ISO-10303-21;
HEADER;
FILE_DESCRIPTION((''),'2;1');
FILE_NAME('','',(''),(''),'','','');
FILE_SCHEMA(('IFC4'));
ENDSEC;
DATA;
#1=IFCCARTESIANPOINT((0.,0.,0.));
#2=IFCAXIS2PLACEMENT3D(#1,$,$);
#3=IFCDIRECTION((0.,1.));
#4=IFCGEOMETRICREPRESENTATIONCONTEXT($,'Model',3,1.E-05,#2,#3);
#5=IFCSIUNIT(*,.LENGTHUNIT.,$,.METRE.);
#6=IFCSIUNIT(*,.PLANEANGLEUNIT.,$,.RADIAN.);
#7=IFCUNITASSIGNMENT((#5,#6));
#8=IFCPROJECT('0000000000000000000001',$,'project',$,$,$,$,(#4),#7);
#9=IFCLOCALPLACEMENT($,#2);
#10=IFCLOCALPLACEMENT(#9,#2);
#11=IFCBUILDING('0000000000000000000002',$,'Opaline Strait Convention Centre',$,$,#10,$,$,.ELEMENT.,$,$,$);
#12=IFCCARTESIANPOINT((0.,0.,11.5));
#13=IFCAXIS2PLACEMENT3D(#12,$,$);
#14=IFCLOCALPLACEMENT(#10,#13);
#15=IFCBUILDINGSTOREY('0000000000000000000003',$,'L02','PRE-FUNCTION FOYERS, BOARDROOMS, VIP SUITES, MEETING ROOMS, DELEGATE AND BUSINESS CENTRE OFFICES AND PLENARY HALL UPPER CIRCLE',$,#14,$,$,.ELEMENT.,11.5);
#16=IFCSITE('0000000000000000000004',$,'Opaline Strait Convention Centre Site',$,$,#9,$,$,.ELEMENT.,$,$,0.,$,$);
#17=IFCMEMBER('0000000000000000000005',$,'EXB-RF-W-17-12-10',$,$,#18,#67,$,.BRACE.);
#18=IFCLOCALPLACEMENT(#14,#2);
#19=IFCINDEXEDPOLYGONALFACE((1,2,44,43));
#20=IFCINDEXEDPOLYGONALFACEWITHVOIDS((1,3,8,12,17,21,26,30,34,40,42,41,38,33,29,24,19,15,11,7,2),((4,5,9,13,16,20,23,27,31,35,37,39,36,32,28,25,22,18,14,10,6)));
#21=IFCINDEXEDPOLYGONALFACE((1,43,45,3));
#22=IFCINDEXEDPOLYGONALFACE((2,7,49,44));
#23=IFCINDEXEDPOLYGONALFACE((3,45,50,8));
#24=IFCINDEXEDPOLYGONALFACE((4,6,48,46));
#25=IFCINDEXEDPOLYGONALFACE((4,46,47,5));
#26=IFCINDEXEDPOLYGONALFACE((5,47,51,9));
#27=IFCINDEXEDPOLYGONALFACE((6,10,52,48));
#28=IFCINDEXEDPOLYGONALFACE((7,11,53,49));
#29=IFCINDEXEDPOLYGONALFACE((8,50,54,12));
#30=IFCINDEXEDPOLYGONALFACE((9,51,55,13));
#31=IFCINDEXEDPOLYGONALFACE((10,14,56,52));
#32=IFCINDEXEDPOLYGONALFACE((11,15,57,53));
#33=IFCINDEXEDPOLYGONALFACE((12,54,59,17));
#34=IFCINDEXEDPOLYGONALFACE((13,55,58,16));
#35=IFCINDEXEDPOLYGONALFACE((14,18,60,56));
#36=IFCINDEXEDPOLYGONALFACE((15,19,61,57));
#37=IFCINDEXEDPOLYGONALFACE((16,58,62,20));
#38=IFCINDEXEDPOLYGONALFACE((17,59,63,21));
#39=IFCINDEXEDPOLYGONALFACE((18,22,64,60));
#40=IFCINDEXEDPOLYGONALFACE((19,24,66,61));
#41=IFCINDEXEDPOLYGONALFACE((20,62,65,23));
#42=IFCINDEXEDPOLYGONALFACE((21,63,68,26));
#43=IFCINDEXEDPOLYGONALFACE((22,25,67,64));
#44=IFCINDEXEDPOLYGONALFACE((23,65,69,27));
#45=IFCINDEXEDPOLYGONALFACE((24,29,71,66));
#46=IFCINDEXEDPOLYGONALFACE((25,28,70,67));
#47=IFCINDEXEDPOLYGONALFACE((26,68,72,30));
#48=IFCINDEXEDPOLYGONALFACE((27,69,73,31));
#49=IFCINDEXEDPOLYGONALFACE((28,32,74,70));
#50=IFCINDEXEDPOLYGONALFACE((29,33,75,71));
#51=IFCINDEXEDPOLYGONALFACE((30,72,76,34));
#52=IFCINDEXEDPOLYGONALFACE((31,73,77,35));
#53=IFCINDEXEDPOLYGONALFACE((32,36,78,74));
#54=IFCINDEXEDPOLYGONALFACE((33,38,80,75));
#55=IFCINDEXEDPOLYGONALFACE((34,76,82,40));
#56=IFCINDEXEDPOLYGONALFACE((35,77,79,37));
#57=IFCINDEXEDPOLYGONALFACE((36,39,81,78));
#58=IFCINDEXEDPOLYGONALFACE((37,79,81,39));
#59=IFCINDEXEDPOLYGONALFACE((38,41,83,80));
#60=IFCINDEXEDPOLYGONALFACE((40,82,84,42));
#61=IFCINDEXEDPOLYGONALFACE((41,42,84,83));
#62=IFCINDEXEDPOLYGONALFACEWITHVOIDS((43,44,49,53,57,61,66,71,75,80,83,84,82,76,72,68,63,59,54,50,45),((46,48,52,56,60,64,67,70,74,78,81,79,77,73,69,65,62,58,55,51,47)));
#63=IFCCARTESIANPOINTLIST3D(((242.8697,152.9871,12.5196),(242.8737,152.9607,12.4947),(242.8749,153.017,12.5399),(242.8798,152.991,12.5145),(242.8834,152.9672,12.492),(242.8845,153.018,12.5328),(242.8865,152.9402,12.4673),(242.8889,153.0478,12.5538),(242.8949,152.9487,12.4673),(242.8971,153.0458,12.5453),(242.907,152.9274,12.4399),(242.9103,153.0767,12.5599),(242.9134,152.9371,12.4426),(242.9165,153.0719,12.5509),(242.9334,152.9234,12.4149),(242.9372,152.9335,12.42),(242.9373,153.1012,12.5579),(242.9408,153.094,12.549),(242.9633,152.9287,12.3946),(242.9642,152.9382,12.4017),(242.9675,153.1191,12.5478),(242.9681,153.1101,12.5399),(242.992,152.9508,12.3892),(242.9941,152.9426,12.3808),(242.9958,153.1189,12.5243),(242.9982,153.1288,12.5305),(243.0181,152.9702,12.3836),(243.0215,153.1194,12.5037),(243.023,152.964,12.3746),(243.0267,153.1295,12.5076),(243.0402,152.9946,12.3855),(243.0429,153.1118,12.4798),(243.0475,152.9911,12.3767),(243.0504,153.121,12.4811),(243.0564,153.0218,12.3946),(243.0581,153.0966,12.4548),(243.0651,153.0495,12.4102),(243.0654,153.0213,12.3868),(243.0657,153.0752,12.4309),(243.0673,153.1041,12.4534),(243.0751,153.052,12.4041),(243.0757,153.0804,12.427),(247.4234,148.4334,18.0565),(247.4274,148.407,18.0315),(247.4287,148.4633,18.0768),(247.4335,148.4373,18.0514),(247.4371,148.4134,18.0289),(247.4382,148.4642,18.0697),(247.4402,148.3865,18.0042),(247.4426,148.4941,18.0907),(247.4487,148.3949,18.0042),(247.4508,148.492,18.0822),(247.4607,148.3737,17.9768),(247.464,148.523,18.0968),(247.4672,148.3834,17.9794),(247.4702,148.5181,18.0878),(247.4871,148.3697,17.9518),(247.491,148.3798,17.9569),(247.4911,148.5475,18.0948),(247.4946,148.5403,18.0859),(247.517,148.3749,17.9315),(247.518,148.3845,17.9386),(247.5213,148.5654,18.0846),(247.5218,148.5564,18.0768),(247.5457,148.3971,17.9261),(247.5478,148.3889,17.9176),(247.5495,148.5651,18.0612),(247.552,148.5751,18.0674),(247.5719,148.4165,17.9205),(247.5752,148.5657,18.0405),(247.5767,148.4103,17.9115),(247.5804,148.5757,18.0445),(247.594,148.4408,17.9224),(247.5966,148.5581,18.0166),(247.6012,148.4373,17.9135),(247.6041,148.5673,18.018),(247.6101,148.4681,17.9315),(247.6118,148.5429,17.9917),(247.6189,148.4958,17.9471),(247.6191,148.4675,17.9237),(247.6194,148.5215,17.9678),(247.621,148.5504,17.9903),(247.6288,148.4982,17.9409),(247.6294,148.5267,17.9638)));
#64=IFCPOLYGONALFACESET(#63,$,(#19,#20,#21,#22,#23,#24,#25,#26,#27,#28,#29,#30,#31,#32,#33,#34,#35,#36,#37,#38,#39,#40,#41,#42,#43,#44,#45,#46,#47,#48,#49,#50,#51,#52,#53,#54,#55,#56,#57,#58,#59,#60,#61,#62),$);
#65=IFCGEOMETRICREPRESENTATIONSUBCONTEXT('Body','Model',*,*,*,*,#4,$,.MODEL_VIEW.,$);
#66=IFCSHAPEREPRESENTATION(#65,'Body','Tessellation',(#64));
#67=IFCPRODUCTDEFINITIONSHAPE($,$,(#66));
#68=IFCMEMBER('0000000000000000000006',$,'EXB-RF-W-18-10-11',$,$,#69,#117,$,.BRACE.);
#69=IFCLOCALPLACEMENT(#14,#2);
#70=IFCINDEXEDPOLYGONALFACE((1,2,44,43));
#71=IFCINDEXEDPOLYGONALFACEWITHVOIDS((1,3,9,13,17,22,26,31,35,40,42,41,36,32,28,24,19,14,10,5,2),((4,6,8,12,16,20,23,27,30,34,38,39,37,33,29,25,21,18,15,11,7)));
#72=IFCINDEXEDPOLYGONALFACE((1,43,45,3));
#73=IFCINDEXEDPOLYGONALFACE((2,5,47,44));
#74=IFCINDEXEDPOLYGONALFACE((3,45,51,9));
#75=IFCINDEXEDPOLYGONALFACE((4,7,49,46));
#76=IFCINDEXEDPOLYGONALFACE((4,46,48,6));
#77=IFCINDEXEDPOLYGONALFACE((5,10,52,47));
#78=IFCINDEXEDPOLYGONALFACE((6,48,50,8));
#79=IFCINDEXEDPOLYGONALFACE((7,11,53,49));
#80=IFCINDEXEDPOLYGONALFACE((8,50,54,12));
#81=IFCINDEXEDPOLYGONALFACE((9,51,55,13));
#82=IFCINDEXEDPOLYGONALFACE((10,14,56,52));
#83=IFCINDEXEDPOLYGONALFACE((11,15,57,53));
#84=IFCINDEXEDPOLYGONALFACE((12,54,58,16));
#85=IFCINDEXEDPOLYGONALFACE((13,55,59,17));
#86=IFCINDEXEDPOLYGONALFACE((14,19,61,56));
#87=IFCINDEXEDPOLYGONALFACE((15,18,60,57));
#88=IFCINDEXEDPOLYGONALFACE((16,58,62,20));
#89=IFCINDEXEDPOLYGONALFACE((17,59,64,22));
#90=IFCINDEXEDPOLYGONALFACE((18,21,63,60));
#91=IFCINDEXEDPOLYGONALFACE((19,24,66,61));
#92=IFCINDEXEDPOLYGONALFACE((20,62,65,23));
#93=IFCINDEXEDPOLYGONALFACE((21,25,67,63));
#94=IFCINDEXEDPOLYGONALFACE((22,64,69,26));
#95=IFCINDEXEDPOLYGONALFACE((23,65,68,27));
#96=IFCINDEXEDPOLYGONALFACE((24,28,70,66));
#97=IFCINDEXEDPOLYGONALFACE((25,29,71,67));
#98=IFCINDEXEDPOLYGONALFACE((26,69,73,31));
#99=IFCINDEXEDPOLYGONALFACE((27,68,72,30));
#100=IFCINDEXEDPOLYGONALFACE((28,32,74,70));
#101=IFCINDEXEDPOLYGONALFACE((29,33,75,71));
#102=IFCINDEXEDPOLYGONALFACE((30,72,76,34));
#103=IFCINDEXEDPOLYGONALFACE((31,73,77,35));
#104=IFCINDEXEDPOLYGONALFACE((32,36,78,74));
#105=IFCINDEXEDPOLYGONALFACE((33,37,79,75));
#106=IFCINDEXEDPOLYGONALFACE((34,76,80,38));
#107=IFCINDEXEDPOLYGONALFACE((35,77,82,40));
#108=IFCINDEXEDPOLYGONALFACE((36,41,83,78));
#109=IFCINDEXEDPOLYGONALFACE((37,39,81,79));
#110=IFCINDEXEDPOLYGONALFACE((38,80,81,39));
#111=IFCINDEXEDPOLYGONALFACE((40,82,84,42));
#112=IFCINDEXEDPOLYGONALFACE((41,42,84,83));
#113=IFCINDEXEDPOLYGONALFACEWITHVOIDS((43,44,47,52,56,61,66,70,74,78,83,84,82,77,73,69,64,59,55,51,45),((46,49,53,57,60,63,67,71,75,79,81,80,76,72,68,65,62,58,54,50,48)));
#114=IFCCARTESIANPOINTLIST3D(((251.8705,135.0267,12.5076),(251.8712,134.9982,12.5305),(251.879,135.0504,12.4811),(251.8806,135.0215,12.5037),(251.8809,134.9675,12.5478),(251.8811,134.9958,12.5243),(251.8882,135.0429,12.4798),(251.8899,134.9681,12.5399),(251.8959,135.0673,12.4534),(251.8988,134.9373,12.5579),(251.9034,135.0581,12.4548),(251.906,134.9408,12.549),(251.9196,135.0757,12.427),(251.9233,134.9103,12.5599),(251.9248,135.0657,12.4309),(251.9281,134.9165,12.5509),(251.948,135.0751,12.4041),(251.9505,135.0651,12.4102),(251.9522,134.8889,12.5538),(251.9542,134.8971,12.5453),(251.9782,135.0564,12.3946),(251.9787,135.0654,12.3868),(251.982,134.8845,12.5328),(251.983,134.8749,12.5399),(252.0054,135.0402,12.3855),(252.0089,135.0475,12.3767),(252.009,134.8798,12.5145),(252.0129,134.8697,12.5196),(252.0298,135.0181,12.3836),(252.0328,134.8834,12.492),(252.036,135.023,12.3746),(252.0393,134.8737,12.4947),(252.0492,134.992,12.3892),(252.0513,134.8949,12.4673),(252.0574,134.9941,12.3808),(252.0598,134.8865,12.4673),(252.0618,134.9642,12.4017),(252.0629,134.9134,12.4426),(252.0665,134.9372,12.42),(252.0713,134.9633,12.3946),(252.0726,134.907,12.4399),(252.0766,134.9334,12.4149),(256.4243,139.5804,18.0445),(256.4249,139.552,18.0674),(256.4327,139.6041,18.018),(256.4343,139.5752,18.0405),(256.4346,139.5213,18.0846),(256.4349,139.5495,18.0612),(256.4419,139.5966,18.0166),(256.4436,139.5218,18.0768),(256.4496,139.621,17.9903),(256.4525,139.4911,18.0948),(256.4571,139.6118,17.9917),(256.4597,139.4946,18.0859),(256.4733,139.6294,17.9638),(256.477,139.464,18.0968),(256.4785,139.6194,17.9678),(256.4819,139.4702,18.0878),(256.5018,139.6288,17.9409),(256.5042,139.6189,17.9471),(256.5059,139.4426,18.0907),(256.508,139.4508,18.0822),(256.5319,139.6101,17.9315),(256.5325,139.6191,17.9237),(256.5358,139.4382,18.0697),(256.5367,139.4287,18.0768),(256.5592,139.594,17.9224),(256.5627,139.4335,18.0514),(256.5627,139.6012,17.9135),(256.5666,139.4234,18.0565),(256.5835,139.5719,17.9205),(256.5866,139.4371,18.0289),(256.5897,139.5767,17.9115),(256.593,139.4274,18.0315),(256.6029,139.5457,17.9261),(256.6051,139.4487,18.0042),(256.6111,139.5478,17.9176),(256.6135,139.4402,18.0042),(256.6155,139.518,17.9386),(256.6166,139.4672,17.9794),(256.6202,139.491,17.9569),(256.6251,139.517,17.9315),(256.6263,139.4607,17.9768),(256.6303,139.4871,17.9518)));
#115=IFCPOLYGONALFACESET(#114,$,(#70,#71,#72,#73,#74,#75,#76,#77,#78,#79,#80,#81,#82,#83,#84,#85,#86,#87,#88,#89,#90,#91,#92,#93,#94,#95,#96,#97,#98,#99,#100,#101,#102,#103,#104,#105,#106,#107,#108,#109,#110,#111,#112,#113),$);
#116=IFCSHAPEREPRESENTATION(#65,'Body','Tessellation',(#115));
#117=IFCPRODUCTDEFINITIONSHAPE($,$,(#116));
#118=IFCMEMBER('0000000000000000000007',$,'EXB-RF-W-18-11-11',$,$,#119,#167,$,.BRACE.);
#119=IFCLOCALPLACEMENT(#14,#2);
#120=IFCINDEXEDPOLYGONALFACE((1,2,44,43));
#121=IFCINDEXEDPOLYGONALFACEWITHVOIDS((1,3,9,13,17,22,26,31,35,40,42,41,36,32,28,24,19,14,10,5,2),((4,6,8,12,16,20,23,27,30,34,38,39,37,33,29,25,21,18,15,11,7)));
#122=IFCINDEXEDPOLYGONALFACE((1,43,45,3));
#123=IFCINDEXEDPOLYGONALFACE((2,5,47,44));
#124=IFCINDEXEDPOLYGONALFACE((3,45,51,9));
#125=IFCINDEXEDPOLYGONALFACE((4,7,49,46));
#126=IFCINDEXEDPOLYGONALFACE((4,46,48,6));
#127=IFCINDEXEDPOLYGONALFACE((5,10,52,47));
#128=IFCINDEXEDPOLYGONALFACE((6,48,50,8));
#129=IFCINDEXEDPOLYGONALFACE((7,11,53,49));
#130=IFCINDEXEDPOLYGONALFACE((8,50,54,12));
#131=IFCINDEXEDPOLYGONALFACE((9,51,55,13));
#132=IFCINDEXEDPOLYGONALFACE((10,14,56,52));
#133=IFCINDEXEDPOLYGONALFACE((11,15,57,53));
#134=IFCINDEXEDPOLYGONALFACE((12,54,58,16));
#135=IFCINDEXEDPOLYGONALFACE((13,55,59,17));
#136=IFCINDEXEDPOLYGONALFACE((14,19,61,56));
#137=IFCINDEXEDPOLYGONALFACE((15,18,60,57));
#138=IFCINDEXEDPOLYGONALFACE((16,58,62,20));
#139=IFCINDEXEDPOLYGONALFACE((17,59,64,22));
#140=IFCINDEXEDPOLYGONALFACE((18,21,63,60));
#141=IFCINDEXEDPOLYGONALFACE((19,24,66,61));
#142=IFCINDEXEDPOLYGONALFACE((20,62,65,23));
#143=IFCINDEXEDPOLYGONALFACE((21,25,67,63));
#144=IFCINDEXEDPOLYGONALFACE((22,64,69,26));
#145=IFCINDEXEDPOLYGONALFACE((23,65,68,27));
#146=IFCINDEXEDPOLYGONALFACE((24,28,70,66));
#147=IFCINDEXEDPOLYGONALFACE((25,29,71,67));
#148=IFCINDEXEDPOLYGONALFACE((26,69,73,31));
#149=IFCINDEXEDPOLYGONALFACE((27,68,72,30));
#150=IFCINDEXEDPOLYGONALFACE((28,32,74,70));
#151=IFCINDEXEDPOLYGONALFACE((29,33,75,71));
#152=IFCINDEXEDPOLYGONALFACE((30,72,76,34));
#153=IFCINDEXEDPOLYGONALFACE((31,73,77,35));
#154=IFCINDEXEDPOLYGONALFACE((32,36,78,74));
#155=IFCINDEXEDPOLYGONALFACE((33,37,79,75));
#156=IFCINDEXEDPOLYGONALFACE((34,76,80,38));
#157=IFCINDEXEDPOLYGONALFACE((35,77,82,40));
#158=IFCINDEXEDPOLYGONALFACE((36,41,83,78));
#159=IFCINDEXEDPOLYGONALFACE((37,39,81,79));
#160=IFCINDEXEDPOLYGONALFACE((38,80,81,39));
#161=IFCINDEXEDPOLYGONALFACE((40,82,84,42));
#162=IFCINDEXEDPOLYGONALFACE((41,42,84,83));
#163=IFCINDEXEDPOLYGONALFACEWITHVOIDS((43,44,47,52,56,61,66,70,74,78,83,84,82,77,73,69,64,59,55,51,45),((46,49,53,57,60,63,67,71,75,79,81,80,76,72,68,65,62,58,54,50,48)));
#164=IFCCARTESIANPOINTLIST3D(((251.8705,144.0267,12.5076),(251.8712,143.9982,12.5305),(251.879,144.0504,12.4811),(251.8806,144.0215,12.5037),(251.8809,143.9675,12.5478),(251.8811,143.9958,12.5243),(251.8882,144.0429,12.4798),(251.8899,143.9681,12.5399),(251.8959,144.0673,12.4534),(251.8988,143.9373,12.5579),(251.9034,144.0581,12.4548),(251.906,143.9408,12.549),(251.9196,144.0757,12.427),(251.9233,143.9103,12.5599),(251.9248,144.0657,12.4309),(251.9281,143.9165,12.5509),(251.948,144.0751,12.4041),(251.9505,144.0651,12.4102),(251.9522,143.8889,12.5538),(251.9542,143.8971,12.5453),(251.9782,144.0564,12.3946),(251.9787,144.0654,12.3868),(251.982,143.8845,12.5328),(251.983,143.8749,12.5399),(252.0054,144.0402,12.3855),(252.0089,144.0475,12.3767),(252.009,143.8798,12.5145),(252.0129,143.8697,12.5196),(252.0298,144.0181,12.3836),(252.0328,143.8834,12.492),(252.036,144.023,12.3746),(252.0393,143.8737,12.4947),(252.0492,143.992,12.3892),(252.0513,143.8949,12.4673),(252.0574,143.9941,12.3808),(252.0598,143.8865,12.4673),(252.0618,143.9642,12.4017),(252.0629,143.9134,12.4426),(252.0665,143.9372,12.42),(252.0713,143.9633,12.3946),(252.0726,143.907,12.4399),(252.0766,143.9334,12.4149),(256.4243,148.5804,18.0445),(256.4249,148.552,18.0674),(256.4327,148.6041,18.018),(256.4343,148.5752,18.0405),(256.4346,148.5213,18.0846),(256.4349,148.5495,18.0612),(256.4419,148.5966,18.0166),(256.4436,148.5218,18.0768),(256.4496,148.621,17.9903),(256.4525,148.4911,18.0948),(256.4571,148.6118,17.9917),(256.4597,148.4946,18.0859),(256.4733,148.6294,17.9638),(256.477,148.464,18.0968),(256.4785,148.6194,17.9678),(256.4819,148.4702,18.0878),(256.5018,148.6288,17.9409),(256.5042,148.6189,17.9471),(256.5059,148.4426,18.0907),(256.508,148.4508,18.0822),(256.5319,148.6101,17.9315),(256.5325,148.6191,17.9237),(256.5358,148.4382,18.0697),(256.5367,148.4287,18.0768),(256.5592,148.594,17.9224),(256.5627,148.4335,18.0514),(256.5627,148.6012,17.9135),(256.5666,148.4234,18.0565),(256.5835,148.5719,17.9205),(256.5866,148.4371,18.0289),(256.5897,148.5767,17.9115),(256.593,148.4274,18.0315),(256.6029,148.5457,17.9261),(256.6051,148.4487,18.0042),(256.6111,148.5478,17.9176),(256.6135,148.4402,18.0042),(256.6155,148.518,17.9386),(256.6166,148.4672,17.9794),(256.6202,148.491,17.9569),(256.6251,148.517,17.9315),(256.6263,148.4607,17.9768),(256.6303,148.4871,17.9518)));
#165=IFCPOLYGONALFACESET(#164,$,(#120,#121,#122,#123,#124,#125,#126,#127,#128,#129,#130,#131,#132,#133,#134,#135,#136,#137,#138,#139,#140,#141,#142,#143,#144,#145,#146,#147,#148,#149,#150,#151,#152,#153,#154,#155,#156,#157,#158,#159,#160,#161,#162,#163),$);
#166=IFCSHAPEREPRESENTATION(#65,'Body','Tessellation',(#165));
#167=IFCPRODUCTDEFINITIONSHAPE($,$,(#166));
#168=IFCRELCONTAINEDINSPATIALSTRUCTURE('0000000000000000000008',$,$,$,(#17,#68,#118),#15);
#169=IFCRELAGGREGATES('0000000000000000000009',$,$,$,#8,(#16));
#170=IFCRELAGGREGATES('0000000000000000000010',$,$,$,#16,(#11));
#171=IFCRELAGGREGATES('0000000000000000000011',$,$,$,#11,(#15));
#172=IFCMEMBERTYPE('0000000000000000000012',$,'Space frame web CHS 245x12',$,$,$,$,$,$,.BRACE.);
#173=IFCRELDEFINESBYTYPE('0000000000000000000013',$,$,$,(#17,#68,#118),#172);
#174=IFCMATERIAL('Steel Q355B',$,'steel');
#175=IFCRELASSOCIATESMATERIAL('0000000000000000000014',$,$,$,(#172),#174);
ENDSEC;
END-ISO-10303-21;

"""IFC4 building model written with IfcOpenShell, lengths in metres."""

from ifc_helpers import new_model, si_unit, direction, frame, origin, origin_2d, place, context, subcontext, project, spatial, hollow_circle, extrude, material, material_profile, profile_set, type_object, element, save


model = new_model("IFC4")

# Units and contexts
model_context = context("Model", 3, precision=1e-05, world=origin(), true_north=direction((0.0, 1.0)))
body_context = subcontext(model_context, "Body", "Model", "MODEL_VIEW")
ifc_project = project(units=[si_unit("LENGTHUNIT", "METRE"), si_unit("PLANEANGLEUNIT", "RADIAN")], contexts=[model_context])

# Site, building, storey
site_placement = place(None, origin())
site = spatial("IfcSite", under=ifc_project, at=site_placement, Name="Opaline Strait Convention Centre Site", CompositionType="ELEMENT", RefElevation=0.0)
building_placement = place(site_placement, origin())
building = spatial("IfcBuilding", under=site, at=building_placement, Name="Opaline Strait Convention Centre", CompositionType="ELEMENT")
storey_placement = place(building_placement, frame((0.0, 0.0, 11.5)))
storey = spatial("IfcBuildingStorey", under=building, at=storey_placement, Name="L02", Description="PRE-FUNCTION FOYERS, BOARDROOMS, VIP SUITES, MEETING ROOMS, DELEGATE AND BUSINESS CENTRE OFFICES AND PLENARY HALL UPPER CIRCLE", CompositionType="ELEMENT", Elevation=11.5)

# Members
ifc_material_1 = material(Name="Steel Q355B", Category="steel")
ifc_material_profile_1 = material_profile(ifc_material_1, hollow_circle(Radius=0.1226, WallThickness=0.012, at=origin_2d()), Name="CHS 245x12")
ifc_profile_set_1 = profile_set([ifc_material_profile_1], Name="Steel Q355B")
member_type_1 = type_object("IfcMemberType", Name="Space frame web CHS 245x12", PredefinedType="BRACE", material=ifc_profile_set_1)
for number, where, z_axis, x_axis, name in (
    (1, (247.5269, 148.4731, 18.0042), (-0.536178, 0.536178, -0.65194), (-0.707107, -0.707107, 0.0), "EXB-RF-W-17-12-10"),
    (2, (256.5269, 139.5269, 18.0042), (-0.536178, -0.536178, -0.65194), (0.707107, -0.707107, 0.0), "EXB-RF-W-18-10-11"),
    (3, (256.5269, 148.5269, 18.0042), (-0.536178, -0.536178, -0.65194), (0.707107, -0.707107, 0.0), "EXB-RF-W-18-11-11"),
):
    element("IfcMember", number, at=place(storey_placement, frame(where, z_axis=z_axis, x_axis=x_axis)), inside=storey, type_object=member_type_1, Name=name, PredefinedType="BRACE", context=body_context, shape_type="SweptSolid", body=[
        extrude(hollow_circle(Radius=0.1226, WallThickness=0.012, at=origin_2d()), origin(), (0.0, 0.0, 1.0), 8.4929),
    ])

save(model, "model.ifc")
